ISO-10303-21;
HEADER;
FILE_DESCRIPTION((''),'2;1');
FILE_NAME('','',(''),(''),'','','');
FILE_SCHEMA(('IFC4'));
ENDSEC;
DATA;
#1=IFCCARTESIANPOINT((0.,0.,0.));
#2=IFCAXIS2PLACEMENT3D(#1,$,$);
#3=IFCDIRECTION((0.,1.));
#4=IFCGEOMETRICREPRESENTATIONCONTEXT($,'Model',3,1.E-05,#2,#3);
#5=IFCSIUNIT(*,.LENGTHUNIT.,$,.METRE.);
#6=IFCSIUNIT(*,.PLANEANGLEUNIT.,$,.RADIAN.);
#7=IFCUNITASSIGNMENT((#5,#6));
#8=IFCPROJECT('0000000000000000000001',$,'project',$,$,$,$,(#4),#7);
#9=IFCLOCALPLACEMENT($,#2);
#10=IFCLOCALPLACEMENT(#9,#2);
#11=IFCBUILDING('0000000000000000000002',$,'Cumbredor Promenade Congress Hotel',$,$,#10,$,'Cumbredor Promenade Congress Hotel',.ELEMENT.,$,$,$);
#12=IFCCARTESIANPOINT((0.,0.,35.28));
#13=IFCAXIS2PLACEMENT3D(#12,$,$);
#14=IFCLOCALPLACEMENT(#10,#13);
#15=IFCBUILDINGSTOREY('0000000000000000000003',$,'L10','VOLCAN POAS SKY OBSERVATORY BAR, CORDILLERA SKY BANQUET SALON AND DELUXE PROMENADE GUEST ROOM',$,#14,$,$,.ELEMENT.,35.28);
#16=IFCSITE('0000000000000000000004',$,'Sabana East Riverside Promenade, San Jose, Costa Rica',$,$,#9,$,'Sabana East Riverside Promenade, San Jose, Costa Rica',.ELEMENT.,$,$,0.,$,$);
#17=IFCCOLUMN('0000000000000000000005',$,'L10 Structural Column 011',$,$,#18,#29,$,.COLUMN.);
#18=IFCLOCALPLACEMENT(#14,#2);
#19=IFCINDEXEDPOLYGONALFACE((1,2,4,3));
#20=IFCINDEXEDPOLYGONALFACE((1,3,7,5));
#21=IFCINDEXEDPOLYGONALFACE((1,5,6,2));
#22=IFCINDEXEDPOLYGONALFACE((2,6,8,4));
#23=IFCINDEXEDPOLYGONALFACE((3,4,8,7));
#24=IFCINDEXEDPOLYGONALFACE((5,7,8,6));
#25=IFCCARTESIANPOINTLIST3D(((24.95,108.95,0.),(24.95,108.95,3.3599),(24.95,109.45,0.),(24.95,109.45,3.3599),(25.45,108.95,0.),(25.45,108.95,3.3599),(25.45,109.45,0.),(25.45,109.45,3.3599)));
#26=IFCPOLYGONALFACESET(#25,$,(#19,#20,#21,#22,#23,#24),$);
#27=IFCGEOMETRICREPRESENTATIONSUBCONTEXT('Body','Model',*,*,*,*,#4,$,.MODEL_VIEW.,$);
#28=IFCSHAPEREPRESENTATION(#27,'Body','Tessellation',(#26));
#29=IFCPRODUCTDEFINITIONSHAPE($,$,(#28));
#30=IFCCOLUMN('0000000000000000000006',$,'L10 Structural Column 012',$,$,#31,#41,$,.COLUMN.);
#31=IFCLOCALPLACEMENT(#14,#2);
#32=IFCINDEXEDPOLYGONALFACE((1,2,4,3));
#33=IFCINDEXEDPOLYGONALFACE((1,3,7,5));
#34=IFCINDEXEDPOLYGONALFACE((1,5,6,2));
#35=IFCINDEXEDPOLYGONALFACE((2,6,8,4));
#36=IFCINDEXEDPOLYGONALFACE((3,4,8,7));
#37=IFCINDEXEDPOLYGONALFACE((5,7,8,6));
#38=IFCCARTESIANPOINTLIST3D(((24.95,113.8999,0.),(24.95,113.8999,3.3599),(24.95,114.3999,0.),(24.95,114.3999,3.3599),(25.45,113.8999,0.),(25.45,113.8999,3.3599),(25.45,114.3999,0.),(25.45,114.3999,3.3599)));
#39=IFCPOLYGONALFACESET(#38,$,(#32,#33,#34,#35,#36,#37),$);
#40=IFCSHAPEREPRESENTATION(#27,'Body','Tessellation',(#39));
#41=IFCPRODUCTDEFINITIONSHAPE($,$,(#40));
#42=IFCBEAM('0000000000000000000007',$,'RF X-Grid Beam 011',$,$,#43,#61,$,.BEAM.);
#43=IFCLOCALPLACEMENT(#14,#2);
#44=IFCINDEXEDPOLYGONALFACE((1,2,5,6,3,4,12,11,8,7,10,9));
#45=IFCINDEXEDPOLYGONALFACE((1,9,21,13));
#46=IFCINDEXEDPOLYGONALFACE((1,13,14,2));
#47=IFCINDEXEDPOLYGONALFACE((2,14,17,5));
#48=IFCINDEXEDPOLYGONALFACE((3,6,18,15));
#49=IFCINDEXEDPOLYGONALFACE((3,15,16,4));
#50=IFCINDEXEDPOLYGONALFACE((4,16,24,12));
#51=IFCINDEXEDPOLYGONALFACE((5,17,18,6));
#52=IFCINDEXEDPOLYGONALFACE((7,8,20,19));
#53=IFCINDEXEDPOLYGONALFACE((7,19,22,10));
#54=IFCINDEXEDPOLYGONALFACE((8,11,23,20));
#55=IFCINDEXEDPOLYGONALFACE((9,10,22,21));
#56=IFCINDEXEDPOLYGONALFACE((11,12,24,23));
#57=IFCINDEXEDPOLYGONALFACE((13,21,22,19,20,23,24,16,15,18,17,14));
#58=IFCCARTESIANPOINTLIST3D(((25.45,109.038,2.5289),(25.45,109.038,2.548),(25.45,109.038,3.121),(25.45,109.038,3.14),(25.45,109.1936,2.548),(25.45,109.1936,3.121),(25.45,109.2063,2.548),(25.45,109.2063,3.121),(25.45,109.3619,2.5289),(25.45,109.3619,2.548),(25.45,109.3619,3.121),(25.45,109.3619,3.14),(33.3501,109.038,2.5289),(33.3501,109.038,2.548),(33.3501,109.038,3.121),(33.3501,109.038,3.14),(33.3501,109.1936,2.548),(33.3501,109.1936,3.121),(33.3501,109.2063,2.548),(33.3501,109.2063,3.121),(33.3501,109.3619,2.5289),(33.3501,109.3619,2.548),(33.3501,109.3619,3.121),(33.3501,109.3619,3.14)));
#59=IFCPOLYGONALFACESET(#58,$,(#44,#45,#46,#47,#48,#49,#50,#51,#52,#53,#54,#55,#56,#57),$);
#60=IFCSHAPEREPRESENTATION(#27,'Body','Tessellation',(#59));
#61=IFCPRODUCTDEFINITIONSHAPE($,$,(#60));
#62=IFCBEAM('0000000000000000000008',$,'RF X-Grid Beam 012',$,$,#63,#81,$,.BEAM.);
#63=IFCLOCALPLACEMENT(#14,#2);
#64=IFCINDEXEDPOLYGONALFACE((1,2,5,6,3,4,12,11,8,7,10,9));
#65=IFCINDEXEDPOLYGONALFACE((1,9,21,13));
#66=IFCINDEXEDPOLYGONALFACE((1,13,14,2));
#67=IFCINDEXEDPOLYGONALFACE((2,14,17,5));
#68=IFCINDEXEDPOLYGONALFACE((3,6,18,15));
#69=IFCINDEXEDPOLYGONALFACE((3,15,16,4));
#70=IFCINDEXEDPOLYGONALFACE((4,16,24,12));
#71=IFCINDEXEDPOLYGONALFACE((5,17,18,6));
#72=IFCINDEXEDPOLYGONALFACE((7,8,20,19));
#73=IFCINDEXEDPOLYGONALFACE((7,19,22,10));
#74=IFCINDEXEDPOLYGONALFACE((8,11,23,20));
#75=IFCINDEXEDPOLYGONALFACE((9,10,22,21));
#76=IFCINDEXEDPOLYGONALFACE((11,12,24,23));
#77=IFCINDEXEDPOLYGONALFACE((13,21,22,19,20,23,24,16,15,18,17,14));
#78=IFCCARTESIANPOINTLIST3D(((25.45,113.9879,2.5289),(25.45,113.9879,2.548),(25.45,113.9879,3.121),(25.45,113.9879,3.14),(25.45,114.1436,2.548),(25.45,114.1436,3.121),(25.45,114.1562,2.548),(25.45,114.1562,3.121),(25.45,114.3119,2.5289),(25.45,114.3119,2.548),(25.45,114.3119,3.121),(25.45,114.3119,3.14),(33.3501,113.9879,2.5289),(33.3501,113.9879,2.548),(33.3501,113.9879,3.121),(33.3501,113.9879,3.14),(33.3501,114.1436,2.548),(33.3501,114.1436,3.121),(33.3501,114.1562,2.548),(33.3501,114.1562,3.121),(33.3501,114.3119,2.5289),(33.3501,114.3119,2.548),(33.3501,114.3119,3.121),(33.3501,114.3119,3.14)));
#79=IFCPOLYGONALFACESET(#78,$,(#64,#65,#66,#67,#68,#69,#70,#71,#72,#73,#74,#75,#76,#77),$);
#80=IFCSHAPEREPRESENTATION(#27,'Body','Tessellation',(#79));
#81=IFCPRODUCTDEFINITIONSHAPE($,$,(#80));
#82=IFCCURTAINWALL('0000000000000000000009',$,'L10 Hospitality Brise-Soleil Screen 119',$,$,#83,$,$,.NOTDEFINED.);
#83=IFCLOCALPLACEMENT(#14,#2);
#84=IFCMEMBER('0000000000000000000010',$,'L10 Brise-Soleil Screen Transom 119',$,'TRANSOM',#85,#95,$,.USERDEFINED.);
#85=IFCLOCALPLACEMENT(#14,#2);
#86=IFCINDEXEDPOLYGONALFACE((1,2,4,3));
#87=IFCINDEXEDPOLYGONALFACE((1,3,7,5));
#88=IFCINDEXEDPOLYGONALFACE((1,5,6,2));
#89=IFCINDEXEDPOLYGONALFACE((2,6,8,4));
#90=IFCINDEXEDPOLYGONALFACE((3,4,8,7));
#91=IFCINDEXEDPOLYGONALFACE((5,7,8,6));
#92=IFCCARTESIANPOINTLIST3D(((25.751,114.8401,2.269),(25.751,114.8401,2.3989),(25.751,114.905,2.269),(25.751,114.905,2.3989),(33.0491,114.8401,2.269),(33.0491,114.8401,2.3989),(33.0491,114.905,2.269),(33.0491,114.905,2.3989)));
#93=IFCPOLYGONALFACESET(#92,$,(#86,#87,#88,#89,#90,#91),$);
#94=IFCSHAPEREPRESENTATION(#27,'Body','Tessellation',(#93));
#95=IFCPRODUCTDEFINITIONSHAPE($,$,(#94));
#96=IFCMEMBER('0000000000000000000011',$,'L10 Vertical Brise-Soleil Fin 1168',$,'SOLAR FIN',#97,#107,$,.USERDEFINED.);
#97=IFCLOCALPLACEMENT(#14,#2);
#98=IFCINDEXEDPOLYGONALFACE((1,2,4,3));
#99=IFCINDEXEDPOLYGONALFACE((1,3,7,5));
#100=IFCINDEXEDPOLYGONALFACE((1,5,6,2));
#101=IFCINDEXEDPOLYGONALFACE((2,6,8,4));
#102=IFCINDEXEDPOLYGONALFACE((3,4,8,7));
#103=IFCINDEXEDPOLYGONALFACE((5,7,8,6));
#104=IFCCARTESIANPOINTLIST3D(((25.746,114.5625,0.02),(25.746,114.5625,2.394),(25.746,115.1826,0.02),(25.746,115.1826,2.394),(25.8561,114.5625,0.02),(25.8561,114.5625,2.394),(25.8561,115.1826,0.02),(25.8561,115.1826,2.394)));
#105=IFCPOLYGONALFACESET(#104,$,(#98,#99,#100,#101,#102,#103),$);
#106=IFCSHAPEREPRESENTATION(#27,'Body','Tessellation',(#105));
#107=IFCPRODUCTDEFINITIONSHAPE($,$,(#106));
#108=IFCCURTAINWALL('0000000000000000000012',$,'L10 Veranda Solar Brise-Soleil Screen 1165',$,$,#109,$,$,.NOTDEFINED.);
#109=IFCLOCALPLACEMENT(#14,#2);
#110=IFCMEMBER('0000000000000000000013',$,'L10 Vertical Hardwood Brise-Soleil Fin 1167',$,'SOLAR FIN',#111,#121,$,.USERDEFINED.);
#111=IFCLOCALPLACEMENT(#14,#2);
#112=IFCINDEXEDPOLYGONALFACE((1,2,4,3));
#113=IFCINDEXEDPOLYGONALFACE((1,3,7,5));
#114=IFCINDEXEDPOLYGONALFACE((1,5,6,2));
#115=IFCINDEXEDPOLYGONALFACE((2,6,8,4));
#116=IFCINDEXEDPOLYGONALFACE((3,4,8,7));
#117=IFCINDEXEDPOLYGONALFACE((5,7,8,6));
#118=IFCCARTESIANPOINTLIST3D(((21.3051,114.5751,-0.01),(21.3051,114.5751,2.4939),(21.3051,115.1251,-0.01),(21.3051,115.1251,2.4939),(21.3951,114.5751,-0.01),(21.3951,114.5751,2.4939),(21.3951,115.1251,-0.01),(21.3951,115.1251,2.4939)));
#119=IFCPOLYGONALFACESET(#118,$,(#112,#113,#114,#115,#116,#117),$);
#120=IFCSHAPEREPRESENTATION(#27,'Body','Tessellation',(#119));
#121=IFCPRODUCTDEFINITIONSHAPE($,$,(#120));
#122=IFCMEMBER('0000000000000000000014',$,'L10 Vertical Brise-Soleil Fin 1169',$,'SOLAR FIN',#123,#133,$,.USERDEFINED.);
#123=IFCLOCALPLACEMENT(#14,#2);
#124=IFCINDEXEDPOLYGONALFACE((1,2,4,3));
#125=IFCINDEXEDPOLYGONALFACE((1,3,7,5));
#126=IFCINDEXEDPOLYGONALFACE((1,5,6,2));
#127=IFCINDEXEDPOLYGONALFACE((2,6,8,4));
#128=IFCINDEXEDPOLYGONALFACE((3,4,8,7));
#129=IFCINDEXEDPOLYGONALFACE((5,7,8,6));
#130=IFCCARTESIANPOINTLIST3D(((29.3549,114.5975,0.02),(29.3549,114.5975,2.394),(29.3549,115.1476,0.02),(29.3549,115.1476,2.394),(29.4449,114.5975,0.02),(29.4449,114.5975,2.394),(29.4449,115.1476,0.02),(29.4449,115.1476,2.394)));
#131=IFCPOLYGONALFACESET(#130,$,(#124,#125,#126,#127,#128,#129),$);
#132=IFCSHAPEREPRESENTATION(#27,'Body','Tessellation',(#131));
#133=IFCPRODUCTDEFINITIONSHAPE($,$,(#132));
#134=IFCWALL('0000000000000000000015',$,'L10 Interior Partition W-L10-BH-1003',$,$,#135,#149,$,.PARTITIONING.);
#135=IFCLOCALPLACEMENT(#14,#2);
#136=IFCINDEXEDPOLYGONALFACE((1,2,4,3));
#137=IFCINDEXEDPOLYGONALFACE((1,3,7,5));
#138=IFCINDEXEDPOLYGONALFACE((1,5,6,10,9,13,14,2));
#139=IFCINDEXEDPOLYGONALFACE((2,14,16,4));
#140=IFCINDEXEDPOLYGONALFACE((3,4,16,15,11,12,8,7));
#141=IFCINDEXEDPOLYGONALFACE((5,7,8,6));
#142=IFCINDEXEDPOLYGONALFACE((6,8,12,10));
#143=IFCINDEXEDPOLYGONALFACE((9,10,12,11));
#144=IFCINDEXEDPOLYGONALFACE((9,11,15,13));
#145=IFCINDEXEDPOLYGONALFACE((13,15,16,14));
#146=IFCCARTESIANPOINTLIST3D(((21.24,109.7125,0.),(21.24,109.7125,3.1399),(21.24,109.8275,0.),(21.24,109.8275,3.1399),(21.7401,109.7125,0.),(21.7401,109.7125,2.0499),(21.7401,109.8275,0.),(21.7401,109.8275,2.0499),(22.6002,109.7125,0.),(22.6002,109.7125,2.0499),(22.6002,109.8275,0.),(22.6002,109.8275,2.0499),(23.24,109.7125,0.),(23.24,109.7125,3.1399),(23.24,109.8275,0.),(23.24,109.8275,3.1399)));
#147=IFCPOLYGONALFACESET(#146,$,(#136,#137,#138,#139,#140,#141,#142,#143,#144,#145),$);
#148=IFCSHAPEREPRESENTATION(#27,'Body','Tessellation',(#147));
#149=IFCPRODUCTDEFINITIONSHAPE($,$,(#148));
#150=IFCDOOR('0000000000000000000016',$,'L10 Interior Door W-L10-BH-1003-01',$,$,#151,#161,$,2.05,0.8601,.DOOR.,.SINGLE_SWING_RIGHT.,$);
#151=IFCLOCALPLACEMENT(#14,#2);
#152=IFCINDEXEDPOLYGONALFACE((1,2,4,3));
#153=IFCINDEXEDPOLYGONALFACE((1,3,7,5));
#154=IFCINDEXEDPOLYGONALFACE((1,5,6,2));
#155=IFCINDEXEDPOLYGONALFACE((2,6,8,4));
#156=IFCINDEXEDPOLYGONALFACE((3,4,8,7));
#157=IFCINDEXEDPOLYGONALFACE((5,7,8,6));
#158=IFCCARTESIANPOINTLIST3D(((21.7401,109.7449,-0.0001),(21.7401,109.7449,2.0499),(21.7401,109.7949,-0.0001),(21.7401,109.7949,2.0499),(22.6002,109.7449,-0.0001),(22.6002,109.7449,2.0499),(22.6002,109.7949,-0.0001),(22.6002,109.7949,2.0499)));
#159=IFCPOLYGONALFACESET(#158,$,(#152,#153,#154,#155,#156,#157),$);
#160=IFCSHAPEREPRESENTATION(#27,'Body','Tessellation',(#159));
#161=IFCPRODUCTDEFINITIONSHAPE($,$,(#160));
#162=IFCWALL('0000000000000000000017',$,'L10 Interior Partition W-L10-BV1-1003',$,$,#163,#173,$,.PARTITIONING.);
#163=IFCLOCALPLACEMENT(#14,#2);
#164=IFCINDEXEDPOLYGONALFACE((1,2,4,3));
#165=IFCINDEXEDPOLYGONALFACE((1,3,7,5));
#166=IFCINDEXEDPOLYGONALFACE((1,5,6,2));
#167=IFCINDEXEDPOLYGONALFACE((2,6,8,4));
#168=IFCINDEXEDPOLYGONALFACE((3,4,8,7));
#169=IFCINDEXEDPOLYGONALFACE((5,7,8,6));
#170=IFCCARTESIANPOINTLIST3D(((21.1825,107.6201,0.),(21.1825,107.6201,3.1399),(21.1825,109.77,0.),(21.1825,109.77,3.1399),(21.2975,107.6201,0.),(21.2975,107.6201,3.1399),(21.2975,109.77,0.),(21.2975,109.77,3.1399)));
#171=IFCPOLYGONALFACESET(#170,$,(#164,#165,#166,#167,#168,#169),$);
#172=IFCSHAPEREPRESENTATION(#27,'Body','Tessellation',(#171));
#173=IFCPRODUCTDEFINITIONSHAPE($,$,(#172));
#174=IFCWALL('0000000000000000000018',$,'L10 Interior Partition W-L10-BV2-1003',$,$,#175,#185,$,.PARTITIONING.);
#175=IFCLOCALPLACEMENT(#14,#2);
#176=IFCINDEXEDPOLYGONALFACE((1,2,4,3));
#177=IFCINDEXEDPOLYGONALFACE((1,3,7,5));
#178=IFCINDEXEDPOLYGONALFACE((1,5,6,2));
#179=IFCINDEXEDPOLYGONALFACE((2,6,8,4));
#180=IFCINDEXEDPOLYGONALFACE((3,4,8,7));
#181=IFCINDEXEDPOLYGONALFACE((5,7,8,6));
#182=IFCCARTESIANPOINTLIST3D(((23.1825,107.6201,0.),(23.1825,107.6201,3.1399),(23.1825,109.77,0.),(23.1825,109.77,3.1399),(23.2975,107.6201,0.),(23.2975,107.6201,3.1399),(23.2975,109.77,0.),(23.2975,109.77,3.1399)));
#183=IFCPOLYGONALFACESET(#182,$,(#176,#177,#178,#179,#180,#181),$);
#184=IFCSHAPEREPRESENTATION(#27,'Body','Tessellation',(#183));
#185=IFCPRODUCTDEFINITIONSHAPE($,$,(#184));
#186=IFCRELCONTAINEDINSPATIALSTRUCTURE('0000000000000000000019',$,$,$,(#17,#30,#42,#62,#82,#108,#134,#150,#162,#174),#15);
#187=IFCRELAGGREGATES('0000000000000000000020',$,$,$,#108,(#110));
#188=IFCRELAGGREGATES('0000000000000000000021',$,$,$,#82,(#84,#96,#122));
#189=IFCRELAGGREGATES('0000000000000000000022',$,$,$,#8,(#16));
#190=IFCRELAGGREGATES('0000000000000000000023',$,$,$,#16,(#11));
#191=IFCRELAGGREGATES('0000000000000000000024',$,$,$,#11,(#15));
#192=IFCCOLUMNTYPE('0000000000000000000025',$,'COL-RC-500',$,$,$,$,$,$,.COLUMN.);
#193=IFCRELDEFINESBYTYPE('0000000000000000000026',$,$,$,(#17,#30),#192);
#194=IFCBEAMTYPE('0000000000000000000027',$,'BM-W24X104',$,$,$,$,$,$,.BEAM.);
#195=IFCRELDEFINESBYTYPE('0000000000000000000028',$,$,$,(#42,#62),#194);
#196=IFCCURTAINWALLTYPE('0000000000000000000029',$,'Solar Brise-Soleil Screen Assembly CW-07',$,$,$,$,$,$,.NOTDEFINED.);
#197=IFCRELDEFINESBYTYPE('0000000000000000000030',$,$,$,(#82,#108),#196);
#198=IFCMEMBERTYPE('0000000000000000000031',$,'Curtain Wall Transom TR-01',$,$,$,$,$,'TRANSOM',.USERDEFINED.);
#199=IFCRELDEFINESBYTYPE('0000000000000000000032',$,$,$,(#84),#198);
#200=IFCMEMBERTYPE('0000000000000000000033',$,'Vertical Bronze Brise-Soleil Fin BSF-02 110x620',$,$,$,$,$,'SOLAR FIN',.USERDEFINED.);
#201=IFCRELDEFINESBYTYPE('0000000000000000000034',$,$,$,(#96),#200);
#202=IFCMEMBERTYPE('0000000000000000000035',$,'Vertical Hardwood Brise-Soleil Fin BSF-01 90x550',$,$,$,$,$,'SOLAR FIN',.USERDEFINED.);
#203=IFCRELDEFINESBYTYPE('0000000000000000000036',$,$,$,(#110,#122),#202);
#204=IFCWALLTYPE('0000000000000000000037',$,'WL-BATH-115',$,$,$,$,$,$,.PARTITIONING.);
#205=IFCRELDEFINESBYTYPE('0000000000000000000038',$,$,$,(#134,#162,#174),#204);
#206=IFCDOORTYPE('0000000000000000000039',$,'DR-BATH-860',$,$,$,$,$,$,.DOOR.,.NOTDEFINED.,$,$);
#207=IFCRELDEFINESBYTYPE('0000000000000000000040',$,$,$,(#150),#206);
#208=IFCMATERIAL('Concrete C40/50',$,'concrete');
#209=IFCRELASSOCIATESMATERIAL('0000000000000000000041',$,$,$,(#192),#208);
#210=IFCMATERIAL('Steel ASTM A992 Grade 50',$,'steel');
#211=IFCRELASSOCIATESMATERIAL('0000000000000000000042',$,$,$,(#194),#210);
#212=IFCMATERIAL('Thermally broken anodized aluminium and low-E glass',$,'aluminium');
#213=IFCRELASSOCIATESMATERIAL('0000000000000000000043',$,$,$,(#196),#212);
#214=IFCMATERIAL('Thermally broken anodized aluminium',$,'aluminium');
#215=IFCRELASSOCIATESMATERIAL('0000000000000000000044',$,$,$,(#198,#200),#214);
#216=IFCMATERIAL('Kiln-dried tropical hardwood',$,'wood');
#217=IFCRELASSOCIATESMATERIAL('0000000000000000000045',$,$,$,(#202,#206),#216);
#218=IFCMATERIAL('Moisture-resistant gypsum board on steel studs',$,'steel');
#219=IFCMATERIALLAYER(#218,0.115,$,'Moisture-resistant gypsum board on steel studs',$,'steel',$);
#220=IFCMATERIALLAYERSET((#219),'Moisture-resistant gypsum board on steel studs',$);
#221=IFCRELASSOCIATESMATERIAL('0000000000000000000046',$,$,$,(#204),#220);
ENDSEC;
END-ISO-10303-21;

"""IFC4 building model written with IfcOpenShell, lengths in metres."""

from ifc_helpers import new_model, si_unit, direction, frame, frame_2d, origin, origin_2d, place, context, subcontext, project, spatial, rectangle, i_section, extrude, material, layer, layer_set, material_profile, profile_set, type_object, element, fill, aggregate, save


model = new_model("IFC4")

# Units and contexts
model_context = context("Model", 3, precision=1e-05, world=origin(), true_north=direction((0.0, 1.0)))
body_context = subcontext(model_context, "Body", "Model", "MODEL_VIEW")
ifc_project = project(units=[si_unit("LENGTHUNIT", "METRE"), si_unit("PLANEANGLEUNIT", "RADIAN")], contexts=[model_context])

# Site, building, storey
site_placement = place(None, origin())
site = spatial("IfcSite", under=ifc_project, at=site_placement, Name="Sabana East Riverside Promenade, San Jose, Costa Rica", LongName="Sabana East Riverside Promenade, San Jose, Costa Rica", CompositionType="ELEMENT", RefElevation=0.0)
building_placement = place(site_placement, origin())
building = spatial("IfcBuilding", under=site, at=building_placement, Name="Cumbredor Promenade Congress Hotel", LongName="Cumbredor Promenade Congress Hotel", CompositionType="ELEMENT")
storey_placement = place(building_placement, frame((0.0, 0.0, 35.28)))
storey = spatial("IfcBuildingStorey", under=building, at=storey_placement, Name="L10", Description="VOLCAN POAS SKY OBSERVATORY BAR, CORDILLERA SKY BANQUET SALON AND DELUXE PROMENADE GUEST ROOM", CompositionType="ELEMENT", Elevation=35.28)

# Columns
ifc_material_1 = material(Name="Concrete C40/50", Category="concrete")
ifc_material_profile_1 = material_profile(ifc_material_1, rectangle(XDim=0.5, YDim=0.5, at=origin_2d()), Name="RC 500x500")
ifc_profile_set_1 = profile_set([ifc_material_profile_1], Name="Concrete C40/50")
column_type = type_object("IfcColumnType", Name="COL-RC-500", PredefinedType="COLUMN", material=ifc_profile_set_1)
for number, where, z_axis, x_axis, name in (
    (1, (25.2, 109.2, 0.0), (0.0, 0.0, 1.0), (1.0, 0.0, 0.0), "L10 Structural Column 011"),
    (2, (25.2, 114.1499, 0.0), (0.0, 0.0, 1.0), (1.0, 0.0, 0.0), "L10 Structural Column 012"),
):
    element("IfcColumn", number, at=place(storey_placement, frame(where, z_axis=z_axis, x_axis=x_axis)), inside=storey, type_object=column_type, Name=name, PredefinedType="COLUMN", context=body_context, shape_type="SweptSolid", body=[
        extrude(rectangle(XDim=0.5, YDim=0.5, at=origin_2d()), origin(), (0.0, 0.0, 1.0), 3.3599),
    ])

# Beams
ifc_material_2 = material(Name="Steel ASTM A992 Grade 50", Category="steel")
ifc_material_profile_2 = material_profile(ifc_material_2, i_section(OverallWidth=0.324, OverallDepth=0.6111, WebThickness=0.0127, FlangeThickness=0.019, at=origin_2d()), Name="W24X104")
ifc_profile_set_2 = profile_set([ifc_material_profile_2], Name="Steel ASTM A992 Grade 50")
beam_type = type_object("IfcBeamType", Name="BM-W24X104", PredefinedType="BEAM", material=ifc_profile_set_2)
for number, where, z_axis, x_axis, name in (
    (3, (25.45, 109.2, 2.8345), (1.0, 0.0, 0.0), (0.0, 1.0, 0.0), "RF X-Grid Beam 011"),
    (4, (25.45, 114.1499, 2.8345), (1.0, 0.0, 0.0), (0.0, 1.0, 0.0), "RF X-Grid Beam 012"),
):
    element("IfcBeam", number, at=place(storey_placement, frame(where, z_axis=z_axis, x_axis=x_axis)), inside=storey, type_object=beam_type, Name=name, PredefinedType="BEAM", context=body_context, shape_type="SweptSolid", body=[
        extrude(i_section(OverallWidth=0.324, OverallDepth=0.6111, WebThickness=0.0127, FlangeThickness=0.019, at=origin_2d()), origin(), (0.0, 0.0, 1.0), 7.9001),
    ])

# Curtain wall, members
ifc_material_3 = material(Name="Thermally broken anodized aluminium and low-E glass", Category="aluminium")
curtain_wall_type = type_object("IfcCurtainWallType", Name="Solar Brise-Soleil Screen Assembly CW-07", PredefinedType="NOTDEFINED", material=ifc_material_3)
curtain_wall_1_placement = place(storey_placement, origin())
curtain_wall_1 = element("IfcCurtainWall", 5, at=curtain_wall_1_placement, inside=storey, type_object=curtain_wall_type, Name="L10 Hospitality Brise-Soleil Screen 119", PredefinedType="NOTDEFINED")
ifc_material_4 = material(Name="Thermally broken anodized aluminium", Category="aluminium")
ifc_material_profile_3 = material_profile(ifc_material_4, rectangle(XDim=0.0649, YDim=0.1299, at=origin_2d()), Name="ALU TRANSOM 65x130")
ifc_profile_set_3 = profile_set([ifc_material_profile_3], Name="Thermally broken anodized aluminium")
member_type_1 = type_object("IfcMemberType", Name="Curtain Wall Transom TR-01", ElementType="TRANSOM", PredefinedType="USERDEFINED", material=ifc_profile_set_3)
member_1_placement = place(storey_placement, frame((25.751, 114.8726, 2.334), z_axis=(1.0, 0.0, 0.0), x_axis=(0.0, 1.0, 0.0)))
member_1 = element("IfcMember", 6, at=member_1_placement, type_object=member_type_1, Name="L10 Brise-Soleil Screen Transom 119", ObjectType="TRANSOM", PredefinedType="USERDEFINED", context=body_context, shape_type="SweptSolid", body=[
    extrude(rectangle(XDim=0.0649, YDim=0.1299, at=origin_2d()), origin(), (0.0, 0.0, 1.0), 7.2981),
])
ifc_material_profile_4 = material_profile(ifc_material_4, rectangle(XDim=0.1101, YDim=0.6201, at=origin_2d()), Name="ARCH FIN 110x620")
ifc_profile_set_4 = profile_set([ifc_material_profile_4], Name="Thermally broken anodized aluminium")
member_type_2 = type_object("IfcMemberType", Name="Vertical Bronze Brise-Soleil Fin BSF-02 110x620", ElementType="SOLAR FIN", PredefinedType="USERDEFINED", material=ifc_profile_set_4)
member_2_placement = place(storey_placement, frame((25.801, 114.8726, 0.02), z_axis=(0.0, 0.0, 1.0), x_axis=(1.0, 0.0, 0.0)))
member_2 = element("IfcMember", 7, at=member_2_placement, type_object=member_type_2, Name="L10 Vertical Brise-Soleil Fin 1168", ObjectType="SOLAR FIN", PredefinedType="USERDEFINED", context=body_context, shape_type="SweptSolid", body=[
    extrude(rectangle(XDim=0.1101, YDim=0.6201, at=origin_2d()), origin(), (0.0, 0.0, 1.0), 2.374),
])

# Curtain wall, member
curtain_wall_2_placement = place(storey_placement, origin())
curtain_wall_2 = element("IfcCurtainWall", 8, at=curtain_wall_2_placement, inside=storey, type_object=curtain_wall_type, Name="L10 Veranda Solar Brise-Soleil Screen 1165", PredefinedType="NOTDEFINED")
ifc_material_5 = material(Name="Kiln-dried tropical hardwood", Category="wood")
ifc_material_profile_5 = material_profile(ifc_material_5, rectangle(XDim=0.0901, YDim=0.55, at=origin_2d()), Name="ARCH FIN 90x550")
ifc_profile_set_5 = profile_set([ifc_material_profile_5], Name="Kiln-dried tropical hardwood")
member_type_3 = type_object("IfcMemberType", Name="Vertical Hardwood Brise-Soleil Fin BSF-01 90x550", ElementType="SOLAR FIN", PredefinedType="USERDEFINED", material=ifc_profile_set_5)
member_3_placement = place(storey_placement, frame((21.3501, 114.8501, -0.01), z_axis=(0.0, 0.0, 1.0), x_axis=(1.0, 0.0, 0.0)))
member_3 = element("IfcMember", 9, at=member_3_placement, type_object=member_type_3, Name="L10 Vertical Hardwood Brise-Soleil Fin 1167", ObjectType="SOLAR FIN", PredefinedType="USERDEFINED", context=body_context, shape_type="SweptSolid", body=[
    extrude(rectangle(XDim=0.0901, YDim=0.55, at=origin_2d()), origin(), (0.0, 0.0, 1.0), 2.5039),
])
aggregate(curtain_wall_2, [member_3])

# Member
member_4_placement = place(storey_placement, frame((29.3999, 114.8726, 0.02), z_axis=(0.0, 0.0, 1.0), x_axis=(1.0, 0.0, 0.0)))
member_4 = element("IfcMember", 10, at=member_4_placement, type_object=member_type_3, Name="L10 Vertical Brise-Soleil Fin 1169", ObjectType="SOLAR FIN", PredefinedType="USERDEFINED", context=body_context, shape_type="SweptSolid", body=[
    extrude(rectangle(XDim=0.0901, YDim=0.55, at=origin_2d()), origin(), (0.0, 0.0, 1.0), 2.374),
])
aggregate(curtain_wall_1, [member_1, member_2, member_4])

# Wall, opening, door
ifc_material_6 = material(Name="Moisture-resistant gypsum board on steel studs", Category="steel")
ifc_layer_1 = layer(ifc_material_6, 0.115, Name="Moisture-resistant gypsum board on steel studs", Category="steel")
ifc_layer_set_1 = layer_set([ifc_layer_1], Name="Moisture-resistant gypsum board on steel studs")
wall_type_1 = type_object("IfcWallType", Name="WL-BATH-115", PredefinedType="PARTITIONING", material=ifc_layer_set_1)
wall_1_placement = place(storey_placement, frame((21.24, 109.77, 0.0), z_axis=(0.0, 0.0, 1.0), x_axis=(1.0, 0.0, 0.0)))
wall_1 = element("IfcWall", 11, at=wall_1_placement, inside=storey, type_object=wall_type_1, Name="L10 Interior Partition W-L10-BH-1003", PredefinedType="PARTITIONING", context=body_context, shape_type="SweptSolid", body=[
    extrude(rectangle(XDim=2.0, YDim=0.115, at=frame_2d((1.0, 0.0))), origin(), (0.0, 0.0, 1.0), 3.1399),
])
opening_1_placement = place(wall_1_placement, frame((0.5, 0.0, 0.0)))
opening_1 = element("IfcOpeningElement", 12, at=opening_1_placement, cuts=wall_1, PredefinedType="OPENING", context=body_context, shape_type="SweptSolid", body=[
    extrude(rectangle(XDim=0.8601, YDim=2.05, at=frame_2d((0.4302, 1.0249))), frame((0.0, 0.0674, 0.0), z_axis=(0.0, -1.0, 0.0), x_axis=(1.0, 0.0, 0.0)), (0.0, 0.0, 1.0), 0.135),
])
door_type_1 = type_object("IfcDoorType", Name="DR-BATH-860", OperationType="NOTDEFINED", PredefinedType="DOOR", material=ifc_material_5)
door_1_placement = place(opening_1_placement, origin())
door_1 = element("IfcDoor", 13, at=door_1_placement, inside=storey, type_object=door_type_1, Name="L10 Interior Door W-L10-BH-1003-01", OperationType="SINGLE_SWING_RIGHT", OverallHeight=2.05, OverallWidth=0.8601, PredefinedType="DOOR", context=body_context, shape_type="SweptSolid", body=[
    extrude(rectangle(XDim=0.8601, YDim=2.05, at=frame_2d((0.4302, 1.0249))), frame((0.0, 0.0249, 0.0), z_axis=(0.0, -1.0, 0.0), x_axis=(1.0, 0.0, 0.0)), (0.0, 0.0, 1.0), 0.05),
])
fill(opening_1, door_1)

# Walls
for number, where, z_axis, x_axis, name in (
    (14, (21.24, 107.6201, 0.0), (0.0, 0.0, 1.0), (0.0, 1.0, 0.0), "L10 Interior Partition W-L10-BV1-1003"),
    (15, (23.24, 107.6201, 0.0), (0.0, 0.0, 1.0), (0.0, 1.0, 0.0), "L10 Interior Partition W-L10-BV2-1003"),
):
    element("IfcWall", number, at=place(storey_placement, frame(where, z_axis=z_axis, x_axis=x_axis)), inside=storey, type_object=wall_type_1, Name=name, PredefinedType="PARTITIONING", context=body_context, shape_type="SweptSolid", body=[
        extrude(rectangle(XDim=2.1499, YDim=0.115, at=frame_2d((1.075, 0.0))), origin(), (0.0, 0.0, 1.0), 3.1399),
    ])

save(model, "model.ifc")
